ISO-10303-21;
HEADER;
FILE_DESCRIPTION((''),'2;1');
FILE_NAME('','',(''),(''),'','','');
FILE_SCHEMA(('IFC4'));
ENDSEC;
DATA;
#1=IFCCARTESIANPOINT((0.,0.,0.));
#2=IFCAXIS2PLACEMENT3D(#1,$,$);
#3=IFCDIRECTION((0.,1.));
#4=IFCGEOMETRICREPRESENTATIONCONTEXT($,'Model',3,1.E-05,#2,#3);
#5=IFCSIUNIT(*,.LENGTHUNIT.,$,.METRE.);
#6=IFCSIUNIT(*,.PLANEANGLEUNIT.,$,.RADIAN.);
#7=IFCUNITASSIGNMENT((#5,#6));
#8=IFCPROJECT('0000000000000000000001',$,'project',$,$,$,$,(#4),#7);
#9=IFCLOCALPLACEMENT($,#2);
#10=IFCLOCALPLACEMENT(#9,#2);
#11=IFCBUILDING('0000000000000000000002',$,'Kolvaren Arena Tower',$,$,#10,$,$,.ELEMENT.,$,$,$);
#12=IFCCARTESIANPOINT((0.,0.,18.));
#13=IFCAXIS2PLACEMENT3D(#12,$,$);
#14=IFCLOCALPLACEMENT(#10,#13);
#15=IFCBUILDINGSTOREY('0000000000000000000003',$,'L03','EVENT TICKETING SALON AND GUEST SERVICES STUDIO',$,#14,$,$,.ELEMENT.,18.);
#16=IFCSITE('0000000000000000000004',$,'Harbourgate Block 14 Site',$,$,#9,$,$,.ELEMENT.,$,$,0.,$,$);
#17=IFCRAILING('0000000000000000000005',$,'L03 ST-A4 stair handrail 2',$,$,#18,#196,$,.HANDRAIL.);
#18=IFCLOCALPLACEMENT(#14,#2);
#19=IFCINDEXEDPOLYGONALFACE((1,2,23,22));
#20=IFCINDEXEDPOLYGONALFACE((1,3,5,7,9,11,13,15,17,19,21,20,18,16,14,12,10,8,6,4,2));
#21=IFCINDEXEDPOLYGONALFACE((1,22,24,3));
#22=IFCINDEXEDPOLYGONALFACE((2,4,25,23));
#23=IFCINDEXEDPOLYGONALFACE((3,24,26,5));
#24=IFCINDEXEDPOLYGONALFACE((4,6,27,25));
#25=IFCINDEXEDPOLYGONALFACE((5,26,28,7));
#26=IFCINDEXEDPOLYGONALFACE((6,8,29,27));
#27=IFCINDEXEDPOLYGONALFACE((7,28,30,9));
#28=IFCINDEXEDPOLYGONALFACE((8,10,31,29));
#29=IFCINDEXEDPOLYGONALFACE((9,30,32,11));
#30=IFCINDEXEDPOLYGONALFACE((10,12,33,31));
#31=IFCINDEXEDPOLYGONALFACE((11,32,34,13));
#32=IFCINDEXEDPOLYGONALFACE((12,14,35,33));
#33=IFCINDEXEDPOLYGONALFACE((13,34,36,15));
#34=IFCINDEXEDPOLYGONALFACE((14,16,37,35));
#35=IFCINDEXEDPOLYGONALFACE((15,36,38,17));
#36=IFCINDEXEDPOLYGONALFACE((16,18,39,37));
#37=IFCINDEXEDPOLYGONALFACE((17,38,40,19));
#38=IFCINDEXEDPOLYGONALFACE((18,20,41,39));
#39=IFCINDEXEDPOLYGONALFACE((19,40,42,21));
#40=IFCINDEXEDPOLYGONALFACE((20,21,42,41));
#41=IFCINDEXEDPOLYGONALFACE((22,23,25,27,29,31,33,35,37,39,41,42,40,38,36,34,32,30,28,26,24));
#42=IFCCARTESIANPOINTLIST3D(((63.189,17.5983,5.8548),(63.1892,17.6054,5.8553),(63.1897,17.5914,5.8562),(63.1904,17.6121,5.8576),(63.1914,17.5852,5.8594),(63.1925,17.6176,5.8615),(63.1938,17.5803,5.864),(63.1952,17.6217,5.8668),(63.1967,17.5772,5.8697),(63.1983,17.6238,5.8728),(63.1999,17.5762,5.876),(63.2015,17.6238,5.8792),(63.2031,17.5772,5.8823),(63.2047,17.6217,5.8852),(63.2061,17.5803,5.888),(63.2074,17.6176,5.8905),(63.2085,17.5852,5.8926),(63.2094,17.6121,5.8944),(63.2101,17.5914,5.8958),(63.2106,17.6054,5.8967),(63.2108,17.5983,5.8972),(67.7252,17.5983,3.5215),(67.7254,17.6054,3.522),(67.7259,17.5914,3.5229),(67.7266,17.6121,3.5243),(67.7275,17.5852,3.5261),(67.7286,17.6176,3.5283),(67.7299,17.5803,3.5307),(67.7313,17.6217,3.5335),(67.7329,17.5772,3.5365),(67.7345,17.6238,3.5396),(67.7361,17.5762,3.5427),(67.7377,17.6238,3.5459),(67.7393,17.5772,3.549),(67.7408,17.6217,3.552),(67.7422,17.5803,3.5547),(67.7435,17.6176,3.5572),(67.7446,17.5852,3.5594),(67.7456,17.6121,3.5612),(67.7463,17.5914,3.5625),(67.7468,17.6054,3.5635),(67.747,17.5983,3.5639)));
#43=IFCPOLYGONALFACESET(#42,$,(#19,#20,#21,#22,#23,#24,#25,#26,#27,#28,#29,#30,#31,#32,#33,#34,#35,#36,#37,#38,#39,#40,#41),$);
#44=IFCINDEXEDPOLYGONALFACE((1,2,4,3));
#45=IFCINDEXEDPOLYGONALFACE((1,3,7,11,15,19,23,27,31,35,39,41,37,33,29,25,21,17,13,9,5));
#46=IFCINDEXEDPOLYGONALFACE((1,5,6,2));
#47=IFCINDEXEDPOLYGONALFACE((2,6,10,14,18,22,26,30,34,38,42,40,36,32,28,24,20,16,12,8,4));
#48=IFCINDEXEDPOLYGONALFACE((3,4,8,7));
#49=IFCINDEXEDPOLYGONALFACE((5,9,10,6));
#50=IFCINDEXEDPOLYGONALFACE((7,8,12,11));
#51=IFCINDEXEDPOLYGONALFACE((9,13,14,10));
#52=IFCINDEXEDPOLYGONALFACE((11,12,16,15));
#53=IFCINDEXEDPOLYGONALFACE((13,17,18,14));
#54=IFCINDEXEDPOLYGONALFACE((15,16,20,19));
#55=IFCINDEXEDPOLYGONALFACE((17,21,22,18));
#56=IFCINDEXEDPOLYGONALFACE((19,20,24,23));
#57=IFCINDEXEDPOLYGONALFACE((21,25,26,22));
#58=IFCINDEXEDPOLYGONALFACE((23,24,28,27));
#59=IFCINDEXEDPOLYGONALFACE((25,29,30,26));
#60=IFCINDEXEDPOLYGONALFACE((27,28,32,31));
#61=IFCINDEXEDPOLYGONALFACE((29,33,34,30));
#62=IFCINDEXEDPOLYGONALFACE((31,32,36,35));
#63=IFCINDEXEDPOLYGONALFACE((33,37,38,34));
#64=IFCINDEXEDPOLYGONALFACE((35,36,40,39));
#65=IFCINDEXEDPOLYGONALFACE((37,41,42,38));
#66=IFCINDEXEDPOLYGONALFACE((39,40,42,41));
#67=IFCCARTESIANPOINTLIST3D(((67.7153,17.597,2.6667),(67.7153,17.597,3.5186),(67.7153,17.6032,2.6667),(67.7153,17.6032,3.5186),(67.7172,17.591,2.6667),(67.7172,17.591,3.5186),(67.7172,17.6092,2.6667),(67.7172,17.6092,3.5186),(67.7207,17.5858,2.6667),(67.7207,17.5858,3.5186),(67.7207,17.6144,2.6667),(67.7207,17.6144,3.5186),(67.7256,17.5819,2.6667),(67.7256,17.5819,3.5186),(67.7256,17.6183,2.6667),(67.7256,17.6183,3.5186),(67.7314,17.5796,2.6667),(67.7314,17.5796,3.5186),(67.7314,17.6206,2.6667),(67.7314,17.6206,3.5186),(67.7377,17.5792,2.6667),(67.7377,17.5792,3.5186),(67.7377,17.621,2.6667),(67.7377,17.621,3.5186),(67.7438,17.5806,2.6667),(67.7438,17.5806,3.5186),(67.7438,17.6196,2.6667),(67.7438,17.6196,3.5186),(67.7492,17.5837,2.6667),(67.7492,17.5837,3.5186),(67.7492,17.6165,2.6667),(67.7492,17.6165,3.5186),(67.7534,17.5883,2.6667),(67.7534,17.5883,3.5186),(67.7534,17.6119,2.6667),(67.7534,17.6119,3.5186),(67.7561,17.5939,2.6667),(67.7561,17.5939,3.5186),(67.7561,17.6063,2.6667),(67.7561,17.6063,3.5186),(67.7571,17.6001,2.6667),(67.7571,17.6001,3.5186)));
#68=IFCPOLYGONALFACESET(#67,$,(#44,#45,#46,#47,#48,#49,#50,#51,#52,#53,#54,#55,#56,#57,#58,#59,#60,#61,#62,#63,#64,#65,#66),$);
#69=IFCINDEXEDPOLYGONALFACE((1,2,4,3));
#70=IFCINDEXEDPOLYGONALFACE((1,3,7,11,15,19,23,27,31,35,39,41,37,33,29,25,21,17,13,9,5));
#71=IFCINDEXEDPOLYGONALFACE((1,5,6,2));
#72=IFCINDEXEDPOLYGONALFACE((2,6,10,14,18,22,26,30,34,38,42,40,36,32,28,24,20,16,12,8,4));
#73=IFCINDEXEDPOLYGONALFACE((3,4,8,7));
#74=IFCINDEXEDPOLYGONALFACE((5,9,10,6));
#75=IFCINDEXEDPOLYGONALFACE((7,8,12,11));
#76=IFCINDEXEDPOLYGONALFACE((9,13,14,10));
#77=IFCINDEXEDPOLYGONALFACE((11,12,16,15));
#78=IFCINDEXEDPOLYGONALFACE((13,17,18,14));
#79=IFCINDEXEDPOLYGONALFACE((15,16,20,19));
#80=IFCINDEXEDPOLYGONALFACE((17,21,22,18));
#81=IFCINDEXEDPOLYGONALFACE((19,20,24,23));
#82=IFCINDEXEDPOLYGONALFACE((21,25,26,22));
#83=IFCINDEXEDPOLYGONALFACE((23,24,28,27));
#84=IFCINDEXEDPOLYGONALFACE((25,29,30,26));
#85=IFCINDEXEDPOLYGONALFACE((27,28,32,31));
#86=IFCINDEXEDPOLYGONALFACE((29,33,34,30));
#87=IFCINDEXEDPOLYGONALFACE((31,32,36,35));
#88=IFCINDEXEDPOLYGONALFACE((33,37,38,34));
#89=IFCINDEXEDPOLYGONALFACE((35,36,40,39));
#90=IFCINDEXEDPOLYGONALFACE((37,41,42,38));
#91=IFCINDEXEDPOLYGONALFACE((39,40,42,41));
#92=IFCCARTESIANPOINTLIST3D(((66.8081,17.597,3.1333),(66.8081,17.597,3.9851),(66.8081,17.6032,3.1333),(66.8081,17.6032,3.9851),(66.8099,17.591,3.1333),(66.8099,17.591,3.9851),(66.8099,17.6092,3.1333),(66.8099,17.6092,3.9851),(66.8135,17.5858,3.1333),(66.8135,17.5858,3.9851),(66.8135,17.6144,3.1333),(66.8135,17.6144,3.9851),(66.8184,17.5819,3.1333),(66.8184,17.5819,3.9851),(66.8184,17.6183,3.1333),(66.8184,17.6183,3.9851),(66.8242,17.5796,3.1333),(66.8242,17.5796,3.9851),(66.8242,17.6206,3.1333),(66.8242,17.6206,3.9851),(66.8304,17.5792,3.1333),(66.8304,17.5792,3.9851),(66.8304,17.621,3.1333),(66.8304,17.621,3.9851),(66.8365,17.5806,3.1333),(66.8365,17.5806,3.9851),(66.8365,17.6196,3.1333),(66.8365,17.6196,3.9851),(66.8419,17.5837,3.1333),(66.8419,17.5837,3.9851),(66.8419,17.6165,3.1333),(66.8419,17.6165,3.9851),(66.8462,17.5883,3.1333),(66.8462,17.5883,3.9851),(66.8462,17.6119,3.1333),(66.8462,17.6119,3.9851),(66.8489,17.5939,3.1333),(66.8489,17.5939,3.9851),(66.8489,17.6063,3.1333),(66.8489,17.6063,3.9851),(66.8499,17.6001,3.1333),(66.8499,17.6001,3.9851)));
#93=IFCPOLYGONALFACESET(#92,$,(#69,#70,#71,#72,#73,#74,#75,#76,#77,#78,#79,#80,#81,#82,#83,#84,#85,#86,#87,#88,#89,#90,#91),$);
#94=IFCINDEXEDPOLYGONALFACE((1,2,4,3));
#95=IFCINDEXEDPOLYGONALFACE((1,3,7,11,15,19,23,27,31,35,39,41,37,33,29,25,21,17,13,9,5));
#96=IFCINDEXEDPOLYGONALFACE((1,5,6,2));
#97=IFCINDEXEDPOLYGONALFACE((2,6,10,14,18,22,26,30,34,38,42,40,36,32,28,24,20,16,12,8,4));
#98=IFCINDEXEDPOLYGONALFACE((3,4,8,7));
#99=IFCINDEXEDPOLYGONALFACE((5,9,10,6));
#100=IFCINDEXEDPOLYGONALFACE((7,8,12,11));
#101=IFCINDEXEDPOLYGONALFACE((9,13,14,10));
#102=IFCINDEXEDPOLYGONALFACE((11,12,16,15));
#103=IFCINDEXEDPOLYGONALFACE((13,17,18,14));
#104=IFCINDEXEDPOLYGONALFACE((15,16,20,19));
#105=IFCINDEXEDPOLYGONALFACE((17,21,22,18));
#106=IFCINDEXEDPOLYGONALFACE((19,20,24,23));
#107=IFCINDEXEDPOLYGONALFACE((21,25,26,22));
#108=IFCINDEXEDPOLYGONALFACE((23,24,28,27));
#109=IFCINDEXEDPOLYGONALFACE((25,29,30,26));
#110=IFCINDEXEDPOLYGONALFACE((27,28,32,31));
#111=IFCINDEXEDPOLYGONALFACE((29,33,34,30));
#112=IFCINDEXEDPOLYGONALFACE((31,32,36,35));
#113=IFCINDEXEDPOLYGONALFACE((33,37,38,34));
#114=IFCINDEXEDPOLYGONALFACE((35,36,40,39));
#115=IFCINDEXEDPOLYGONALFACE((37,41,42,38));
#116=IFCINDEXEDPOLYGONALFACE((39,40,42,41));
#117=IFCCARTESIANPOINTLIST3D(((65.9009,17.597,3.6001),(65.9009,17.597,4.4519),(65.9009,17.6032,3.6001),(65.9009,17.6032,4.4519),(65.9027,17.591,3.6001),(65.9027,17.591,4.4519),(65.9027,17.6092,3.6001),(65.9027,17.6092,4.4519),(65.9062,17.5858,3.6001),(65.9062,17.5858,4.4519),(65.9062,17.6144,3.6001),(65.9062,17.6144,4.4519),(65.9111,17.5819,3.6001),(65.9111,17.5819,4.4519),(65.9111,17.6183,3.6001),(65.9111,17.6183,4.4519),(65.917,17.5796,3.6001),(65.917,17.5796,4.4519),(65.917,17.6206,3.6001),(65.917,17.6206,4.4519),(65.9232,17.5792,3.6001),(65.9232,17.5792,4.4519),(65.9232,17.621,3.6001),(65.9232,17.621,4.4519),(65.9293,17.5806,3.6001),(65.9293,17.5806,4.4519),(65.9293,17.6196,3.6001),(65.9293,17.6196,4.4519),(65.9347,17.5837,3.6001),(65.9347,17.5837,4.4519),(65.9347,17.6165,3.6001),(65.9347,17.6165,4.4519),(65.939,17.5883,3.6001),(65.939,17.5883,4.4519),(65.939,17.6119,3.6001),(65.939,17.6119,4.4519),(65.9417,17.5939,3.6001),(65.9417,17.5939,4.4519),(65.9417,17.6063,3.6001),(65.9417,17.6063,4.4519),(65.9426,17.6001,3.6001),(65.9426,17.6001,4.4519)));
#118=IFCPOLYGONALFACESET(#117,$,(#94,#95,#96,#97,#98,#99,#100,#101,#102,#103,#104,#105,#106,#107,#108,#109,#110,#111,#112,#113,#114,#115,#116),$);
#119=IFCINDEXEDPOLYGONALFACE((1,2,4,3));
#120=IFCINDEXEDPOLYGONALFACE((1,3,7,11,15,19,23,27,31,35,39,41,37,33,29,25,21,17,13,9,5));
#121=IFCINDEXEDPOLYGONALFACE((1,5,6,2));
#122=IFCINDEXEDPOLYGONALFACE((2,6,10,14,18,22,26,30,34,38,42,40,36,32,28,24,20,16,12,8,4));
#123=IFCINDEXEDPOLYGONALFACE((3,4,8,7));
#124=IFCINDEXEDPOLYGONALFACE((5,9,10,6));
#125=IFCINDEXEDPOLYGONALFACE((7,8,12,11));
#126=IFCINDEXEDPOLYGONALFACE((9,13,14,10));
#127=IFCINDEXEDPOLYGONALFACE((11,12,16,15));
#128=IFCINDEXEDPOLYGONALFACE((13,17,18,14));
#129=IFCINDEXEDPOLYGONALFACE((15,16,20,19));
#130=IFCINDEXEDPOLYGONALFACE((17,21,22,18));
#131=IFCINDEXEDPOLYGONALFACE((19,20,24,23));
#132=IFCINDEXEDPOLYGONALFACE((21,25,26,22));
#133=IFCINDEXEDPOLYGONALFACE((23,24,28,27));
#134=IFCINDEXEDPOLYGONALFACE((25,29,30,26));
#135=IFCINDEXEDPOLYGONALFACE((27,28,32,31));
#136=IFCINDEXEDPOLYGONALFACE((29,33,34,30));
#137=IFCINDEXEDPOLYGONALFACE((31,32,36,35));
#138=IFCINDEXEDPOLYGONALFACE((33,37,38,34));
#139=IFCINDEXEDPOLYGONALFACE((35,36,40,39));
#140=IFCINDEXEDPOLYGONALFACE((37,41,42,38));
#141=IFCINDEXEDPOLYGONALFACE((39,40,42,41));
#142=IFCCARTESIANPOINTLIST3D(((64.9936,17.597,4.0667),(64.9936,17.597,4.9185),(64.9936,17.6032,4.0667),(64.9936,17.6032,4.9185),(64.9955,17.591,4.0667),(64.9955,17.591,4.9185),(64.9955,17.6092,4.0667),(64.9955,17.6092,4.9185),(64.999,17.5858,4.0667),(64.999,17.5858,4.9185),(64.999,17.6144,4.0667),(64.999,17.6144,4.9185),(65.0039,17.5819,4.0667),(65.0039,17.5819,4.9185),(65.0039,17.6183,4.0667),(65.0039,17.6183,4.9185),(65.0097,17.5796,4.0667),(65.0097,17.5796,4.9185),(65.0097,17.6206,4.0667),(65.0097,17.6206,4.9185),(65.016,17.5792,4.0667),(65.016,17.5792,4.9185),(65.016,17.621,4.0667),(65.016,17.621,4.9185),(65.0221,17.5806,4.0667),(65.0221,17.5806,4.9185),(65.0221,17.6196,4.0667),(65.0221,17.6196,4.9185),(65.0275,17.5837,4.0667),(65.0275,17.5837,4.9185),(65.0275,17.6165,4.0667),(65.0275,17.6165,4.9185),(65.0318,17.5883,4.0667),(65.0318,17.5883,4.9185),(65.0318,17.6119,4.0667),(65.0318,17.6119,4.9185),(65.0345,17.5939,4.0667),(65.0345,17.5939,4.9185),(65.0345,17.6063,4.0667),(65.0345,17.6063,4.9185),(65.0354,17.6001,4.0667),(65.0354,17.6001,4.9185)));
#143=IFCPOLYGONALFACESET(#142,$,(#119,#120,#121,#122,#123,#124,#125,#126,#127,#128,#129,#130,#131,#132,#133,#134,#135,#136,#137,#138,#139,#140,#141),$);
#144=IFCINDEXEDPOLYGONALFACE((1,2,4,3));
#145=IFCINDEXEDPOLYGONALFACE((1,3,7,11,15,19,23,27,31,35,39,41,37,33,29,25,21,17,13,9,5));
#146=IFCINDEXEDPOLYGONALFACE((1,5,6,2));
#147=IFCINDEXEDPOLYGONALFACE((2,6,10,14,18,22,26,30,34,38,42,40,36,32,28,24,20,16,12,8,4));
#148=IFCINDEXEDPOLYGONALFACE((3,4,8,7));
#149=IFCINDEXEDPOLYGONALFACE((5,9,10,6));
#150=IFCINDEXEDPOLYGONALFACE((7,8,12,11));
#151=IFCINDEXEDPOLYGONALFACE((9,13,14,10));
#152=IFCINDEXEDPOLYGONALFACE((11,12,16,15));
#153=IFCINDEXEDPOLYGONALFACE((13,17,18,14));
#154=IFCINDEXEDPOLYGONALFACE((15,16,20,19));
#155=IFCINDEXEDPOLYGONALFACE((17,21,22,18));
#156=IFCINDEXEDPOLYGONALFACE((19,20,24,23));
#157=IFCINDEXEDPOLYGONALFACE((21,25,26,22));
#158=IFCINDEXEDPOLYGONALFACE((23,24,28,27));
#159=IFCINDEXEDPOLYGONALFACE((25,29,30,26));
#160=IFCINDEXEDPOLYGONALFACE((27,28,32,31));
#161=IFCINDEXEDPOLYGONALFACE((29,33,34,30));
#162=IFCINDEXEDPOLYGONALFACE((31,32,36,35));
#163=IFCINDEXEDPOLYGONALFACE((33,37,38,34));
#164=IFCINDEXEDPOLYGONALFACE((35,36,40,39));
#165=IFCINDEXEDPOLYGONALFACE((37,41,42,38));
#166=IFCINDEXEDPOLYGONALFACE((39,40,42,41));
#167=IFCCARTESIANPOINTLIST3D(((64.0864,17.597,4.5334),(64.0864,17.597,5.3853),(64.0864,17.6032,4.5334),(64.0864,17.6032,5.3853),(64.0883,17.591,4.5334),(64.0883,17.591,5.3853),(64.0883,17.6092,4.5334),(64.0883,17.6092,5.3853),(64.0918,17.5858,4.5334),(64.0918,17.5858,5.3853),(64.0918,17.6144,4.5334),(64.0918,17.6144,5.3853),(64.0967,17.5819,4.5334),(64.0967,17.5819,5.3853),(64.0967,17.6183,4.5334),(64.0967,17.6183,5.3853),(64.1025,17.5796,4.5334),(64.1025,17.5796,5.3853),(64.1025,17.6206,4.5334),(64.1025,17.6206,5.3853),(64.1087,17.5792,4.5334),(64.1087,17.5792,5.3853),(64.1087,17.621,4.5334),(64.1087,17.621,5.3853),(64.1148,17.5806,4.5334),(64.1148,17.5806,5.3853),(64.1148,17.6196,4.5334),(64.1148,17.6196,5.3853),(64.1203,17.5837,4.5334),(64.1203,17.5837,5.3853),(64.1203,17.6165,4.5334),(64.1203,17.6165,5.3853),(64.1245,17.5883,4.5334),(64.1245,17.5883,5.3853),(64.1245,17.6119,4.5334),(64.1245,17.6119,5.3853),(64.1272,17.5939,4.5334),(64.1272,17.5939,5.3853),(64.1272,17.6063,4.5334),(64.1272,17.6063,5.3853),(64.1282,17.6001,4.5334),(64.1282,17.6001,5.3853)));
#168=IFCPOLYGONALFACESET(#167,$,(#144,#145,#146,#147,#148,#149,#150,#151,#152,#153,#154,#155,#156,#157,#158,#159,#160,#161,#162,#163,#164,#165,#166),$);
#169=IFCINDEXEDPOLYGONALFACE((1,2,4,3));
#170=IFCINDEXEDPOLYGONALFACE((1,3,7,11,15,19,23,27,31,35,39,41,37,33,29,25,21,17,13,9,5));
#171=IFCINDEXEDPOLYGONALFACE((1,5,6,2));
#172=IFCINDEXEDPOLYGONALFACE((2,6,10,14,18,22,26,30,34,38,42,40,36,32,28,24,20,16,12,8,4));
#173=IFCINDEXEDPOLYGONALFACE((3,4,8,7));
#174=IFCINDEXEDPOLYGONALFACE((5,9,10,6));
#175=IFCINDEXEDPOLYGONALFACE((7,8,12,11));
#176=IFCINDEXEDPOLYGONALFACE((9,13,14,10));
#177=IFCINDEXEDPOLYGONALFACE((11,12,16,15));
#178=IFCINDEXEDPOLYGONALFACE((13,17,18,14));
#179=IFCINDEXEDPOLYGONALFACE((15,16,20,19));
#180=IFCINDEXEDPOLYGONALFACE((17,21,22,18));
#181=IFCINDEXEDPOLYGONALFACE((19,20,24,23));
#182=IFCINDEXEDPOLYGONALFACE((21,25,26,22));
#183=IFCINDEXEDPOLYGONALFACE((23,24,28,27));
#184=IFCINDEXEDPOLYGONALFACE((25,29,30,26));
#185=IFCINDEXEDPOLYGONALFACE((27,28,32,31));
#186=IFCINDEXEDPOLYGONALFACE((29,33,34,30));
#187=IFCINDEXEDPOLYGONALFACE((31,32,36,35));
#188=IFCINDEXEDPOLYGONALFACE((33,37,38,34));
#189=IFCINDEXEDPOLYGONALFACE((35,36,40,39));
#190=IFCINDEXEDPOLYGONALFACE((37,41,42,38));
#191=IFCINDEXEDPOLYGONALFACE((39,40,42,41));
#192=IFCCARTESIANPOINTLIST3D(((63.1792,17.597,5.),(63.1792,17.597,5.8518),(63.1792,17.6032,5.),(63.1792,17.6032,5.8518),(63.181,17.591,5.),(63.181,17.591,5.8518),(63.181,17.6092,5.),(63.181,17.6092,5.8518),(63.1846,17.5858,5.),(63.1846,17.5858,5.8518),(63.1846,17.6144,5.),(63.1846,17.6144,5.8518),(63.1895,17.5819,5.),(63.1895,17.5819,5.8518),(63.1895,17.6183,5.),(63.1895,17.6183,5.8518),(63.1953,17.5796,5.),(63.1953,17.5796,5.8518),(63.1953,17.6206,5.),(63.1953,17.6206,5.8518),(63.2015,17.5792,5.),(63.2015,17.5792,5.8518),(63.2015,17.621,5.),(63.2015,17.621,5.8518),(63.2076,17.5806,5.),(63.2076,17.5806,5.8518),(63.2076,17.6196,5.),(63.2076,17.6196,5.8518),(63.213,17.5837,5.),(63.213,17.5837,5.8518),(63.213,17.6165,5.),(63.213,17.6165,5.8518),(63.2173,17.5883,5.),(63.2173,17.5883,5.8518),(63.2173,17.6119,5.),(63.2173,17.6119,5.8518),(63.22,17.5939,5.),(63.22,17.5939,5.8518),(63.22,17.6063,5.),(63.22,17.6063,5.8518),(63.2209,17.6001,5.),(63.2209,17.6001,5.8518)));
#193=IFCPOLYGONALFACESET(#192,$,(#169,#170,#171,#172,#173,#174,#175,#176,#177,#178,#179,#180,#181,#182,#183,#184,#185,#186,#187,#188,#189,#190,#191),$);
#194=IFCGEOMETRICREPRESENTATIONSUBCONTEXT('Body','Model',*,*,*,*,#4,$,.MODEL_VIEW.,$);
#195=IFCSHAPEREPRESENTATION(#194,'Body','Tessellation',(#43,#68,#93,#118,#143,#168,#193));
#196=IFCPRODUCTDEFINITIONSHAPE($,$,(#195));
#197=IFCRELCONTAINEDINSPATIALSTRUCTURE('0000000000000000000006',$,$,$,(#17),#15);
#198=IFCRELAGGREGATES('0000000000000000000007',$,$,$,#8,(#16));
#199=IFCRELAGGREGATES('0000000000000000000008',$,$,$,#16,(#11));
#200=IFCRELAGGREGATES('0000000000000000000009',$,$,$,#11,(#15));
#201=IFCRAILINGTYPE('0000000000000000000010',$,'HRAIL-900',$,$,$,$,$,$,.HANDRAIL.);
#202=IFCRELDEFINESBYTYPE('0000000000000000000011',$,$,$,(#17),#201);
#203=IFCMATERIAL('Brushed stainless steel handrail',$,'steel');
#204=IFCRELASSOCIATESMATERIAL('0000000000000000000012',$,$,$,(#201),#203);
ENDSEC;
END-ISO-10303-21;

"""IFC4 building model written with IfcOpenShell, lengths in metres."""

from ifc_helpers import new_model, si_unit, direction, frame, origin, origin_2d, place, context, subcontext, project, spatial, circle, extrude, material, type_object, element, save


model = new_model("IFC4")

# Units and contexts
model_context = context("Model", 3, precision=1e-05, world=origin(), true_north=direction((0.0, 1.0)))
body_context = subcontext(model_context, "Body", "Model", "MODEL_VIEW")
ifc_project = project(units=[si_unit("LENGTHUNIT", "METRE"), si_unit("PLANEANGLEUNIT", "RADIAN")], contexts=[model_context])

# Site, building, storey
site_placement = place(None, origin())
site = spatial("IfcSite", under=ifc_project, at=site_placement, Name="Harbourgate Block 14 Site", CompositionType="ELEMENT", RefElevation=0.0)
building_placement = place(site_placement, origin())
building = spatial("IfcBuilding", under=site, at=building_placement, Name="Kolvaren Arena Tower", CompositionType="ELEMENT")
storey_placement = place(building_placement, frame((0.0, 0.0, 18.0)))
storey = spatial("IfcBuildingStorey", under=building, at=storey_placement, Name="L03", Description="EVENT TICKETING SALON AND GUEST SERVICES STUDIO", CompositionType="ELEMENT", Elevation=18.0)

# Railing
ifc_material_1 = material(Name="Brushed stainless steel handrail", Category="steel")
railing_type_1 = type_object("IfcRailingType", Name="HRAIL-900", PredefinedType="HANDRAIL", material=ifc_material_1)
railing_1_placement = place(storey_placement, frame((67.7361, 17.6001, 2.6667)))
element("IfcRailing", 1, at=railing_1_placement, inside=storey, type_object=railing_type_1, Name="L03 ST-A4 stair handrail 2", PredefinedType="HANDRAIL", context=body_context, shape_type="SweptSolid", body=[
    extrude(circle(Radius=0.0239, at=origin_2d()), frame((0.0, 0.0, 0.876), z_axis=(-0.889257, 0.0, 0.457407), x_axis=(0.0, -1.0, 0.0)), (0.0, 0.0, 1.0), 5.1011),
    extrude(circle(Radius=0.021, at=origin_2d()), origin(), (0.0, 0.0, 1.0), 0.8518),
    extrude(circle(Radius=0.021, at=origin_2d()), frame((-0.9072, 0.0, 0.4666)), (0.0, 0.0, 1.0), 0.8518),
    extrude(circle(Radius=0.021, at=origin_2d()), frame((-1.8145, 0.0, 0.9333)), (0.0, 0.0, 1.0), 0.8518),
    extrude(circle(Radius=0.021, at=origin_2d()), frame((-2.7217, 0.0, 1.3999)), (0.0, 0.0, 1.0), 0.8518),
    extrude(circle(Radius=0.021, at=origin_2d()), frame((-3.6289, 0.0, 1.8667)), (0.0, 0.0, 1.0), 0.8518),
    extrude(circle(Radius=0.021, at=origin_2d()), frame((-4.5361, 0.0, 2.3333)), (0.0, 0.0, 1.0), 0.8518),
])

save(model, "model.ifc")
